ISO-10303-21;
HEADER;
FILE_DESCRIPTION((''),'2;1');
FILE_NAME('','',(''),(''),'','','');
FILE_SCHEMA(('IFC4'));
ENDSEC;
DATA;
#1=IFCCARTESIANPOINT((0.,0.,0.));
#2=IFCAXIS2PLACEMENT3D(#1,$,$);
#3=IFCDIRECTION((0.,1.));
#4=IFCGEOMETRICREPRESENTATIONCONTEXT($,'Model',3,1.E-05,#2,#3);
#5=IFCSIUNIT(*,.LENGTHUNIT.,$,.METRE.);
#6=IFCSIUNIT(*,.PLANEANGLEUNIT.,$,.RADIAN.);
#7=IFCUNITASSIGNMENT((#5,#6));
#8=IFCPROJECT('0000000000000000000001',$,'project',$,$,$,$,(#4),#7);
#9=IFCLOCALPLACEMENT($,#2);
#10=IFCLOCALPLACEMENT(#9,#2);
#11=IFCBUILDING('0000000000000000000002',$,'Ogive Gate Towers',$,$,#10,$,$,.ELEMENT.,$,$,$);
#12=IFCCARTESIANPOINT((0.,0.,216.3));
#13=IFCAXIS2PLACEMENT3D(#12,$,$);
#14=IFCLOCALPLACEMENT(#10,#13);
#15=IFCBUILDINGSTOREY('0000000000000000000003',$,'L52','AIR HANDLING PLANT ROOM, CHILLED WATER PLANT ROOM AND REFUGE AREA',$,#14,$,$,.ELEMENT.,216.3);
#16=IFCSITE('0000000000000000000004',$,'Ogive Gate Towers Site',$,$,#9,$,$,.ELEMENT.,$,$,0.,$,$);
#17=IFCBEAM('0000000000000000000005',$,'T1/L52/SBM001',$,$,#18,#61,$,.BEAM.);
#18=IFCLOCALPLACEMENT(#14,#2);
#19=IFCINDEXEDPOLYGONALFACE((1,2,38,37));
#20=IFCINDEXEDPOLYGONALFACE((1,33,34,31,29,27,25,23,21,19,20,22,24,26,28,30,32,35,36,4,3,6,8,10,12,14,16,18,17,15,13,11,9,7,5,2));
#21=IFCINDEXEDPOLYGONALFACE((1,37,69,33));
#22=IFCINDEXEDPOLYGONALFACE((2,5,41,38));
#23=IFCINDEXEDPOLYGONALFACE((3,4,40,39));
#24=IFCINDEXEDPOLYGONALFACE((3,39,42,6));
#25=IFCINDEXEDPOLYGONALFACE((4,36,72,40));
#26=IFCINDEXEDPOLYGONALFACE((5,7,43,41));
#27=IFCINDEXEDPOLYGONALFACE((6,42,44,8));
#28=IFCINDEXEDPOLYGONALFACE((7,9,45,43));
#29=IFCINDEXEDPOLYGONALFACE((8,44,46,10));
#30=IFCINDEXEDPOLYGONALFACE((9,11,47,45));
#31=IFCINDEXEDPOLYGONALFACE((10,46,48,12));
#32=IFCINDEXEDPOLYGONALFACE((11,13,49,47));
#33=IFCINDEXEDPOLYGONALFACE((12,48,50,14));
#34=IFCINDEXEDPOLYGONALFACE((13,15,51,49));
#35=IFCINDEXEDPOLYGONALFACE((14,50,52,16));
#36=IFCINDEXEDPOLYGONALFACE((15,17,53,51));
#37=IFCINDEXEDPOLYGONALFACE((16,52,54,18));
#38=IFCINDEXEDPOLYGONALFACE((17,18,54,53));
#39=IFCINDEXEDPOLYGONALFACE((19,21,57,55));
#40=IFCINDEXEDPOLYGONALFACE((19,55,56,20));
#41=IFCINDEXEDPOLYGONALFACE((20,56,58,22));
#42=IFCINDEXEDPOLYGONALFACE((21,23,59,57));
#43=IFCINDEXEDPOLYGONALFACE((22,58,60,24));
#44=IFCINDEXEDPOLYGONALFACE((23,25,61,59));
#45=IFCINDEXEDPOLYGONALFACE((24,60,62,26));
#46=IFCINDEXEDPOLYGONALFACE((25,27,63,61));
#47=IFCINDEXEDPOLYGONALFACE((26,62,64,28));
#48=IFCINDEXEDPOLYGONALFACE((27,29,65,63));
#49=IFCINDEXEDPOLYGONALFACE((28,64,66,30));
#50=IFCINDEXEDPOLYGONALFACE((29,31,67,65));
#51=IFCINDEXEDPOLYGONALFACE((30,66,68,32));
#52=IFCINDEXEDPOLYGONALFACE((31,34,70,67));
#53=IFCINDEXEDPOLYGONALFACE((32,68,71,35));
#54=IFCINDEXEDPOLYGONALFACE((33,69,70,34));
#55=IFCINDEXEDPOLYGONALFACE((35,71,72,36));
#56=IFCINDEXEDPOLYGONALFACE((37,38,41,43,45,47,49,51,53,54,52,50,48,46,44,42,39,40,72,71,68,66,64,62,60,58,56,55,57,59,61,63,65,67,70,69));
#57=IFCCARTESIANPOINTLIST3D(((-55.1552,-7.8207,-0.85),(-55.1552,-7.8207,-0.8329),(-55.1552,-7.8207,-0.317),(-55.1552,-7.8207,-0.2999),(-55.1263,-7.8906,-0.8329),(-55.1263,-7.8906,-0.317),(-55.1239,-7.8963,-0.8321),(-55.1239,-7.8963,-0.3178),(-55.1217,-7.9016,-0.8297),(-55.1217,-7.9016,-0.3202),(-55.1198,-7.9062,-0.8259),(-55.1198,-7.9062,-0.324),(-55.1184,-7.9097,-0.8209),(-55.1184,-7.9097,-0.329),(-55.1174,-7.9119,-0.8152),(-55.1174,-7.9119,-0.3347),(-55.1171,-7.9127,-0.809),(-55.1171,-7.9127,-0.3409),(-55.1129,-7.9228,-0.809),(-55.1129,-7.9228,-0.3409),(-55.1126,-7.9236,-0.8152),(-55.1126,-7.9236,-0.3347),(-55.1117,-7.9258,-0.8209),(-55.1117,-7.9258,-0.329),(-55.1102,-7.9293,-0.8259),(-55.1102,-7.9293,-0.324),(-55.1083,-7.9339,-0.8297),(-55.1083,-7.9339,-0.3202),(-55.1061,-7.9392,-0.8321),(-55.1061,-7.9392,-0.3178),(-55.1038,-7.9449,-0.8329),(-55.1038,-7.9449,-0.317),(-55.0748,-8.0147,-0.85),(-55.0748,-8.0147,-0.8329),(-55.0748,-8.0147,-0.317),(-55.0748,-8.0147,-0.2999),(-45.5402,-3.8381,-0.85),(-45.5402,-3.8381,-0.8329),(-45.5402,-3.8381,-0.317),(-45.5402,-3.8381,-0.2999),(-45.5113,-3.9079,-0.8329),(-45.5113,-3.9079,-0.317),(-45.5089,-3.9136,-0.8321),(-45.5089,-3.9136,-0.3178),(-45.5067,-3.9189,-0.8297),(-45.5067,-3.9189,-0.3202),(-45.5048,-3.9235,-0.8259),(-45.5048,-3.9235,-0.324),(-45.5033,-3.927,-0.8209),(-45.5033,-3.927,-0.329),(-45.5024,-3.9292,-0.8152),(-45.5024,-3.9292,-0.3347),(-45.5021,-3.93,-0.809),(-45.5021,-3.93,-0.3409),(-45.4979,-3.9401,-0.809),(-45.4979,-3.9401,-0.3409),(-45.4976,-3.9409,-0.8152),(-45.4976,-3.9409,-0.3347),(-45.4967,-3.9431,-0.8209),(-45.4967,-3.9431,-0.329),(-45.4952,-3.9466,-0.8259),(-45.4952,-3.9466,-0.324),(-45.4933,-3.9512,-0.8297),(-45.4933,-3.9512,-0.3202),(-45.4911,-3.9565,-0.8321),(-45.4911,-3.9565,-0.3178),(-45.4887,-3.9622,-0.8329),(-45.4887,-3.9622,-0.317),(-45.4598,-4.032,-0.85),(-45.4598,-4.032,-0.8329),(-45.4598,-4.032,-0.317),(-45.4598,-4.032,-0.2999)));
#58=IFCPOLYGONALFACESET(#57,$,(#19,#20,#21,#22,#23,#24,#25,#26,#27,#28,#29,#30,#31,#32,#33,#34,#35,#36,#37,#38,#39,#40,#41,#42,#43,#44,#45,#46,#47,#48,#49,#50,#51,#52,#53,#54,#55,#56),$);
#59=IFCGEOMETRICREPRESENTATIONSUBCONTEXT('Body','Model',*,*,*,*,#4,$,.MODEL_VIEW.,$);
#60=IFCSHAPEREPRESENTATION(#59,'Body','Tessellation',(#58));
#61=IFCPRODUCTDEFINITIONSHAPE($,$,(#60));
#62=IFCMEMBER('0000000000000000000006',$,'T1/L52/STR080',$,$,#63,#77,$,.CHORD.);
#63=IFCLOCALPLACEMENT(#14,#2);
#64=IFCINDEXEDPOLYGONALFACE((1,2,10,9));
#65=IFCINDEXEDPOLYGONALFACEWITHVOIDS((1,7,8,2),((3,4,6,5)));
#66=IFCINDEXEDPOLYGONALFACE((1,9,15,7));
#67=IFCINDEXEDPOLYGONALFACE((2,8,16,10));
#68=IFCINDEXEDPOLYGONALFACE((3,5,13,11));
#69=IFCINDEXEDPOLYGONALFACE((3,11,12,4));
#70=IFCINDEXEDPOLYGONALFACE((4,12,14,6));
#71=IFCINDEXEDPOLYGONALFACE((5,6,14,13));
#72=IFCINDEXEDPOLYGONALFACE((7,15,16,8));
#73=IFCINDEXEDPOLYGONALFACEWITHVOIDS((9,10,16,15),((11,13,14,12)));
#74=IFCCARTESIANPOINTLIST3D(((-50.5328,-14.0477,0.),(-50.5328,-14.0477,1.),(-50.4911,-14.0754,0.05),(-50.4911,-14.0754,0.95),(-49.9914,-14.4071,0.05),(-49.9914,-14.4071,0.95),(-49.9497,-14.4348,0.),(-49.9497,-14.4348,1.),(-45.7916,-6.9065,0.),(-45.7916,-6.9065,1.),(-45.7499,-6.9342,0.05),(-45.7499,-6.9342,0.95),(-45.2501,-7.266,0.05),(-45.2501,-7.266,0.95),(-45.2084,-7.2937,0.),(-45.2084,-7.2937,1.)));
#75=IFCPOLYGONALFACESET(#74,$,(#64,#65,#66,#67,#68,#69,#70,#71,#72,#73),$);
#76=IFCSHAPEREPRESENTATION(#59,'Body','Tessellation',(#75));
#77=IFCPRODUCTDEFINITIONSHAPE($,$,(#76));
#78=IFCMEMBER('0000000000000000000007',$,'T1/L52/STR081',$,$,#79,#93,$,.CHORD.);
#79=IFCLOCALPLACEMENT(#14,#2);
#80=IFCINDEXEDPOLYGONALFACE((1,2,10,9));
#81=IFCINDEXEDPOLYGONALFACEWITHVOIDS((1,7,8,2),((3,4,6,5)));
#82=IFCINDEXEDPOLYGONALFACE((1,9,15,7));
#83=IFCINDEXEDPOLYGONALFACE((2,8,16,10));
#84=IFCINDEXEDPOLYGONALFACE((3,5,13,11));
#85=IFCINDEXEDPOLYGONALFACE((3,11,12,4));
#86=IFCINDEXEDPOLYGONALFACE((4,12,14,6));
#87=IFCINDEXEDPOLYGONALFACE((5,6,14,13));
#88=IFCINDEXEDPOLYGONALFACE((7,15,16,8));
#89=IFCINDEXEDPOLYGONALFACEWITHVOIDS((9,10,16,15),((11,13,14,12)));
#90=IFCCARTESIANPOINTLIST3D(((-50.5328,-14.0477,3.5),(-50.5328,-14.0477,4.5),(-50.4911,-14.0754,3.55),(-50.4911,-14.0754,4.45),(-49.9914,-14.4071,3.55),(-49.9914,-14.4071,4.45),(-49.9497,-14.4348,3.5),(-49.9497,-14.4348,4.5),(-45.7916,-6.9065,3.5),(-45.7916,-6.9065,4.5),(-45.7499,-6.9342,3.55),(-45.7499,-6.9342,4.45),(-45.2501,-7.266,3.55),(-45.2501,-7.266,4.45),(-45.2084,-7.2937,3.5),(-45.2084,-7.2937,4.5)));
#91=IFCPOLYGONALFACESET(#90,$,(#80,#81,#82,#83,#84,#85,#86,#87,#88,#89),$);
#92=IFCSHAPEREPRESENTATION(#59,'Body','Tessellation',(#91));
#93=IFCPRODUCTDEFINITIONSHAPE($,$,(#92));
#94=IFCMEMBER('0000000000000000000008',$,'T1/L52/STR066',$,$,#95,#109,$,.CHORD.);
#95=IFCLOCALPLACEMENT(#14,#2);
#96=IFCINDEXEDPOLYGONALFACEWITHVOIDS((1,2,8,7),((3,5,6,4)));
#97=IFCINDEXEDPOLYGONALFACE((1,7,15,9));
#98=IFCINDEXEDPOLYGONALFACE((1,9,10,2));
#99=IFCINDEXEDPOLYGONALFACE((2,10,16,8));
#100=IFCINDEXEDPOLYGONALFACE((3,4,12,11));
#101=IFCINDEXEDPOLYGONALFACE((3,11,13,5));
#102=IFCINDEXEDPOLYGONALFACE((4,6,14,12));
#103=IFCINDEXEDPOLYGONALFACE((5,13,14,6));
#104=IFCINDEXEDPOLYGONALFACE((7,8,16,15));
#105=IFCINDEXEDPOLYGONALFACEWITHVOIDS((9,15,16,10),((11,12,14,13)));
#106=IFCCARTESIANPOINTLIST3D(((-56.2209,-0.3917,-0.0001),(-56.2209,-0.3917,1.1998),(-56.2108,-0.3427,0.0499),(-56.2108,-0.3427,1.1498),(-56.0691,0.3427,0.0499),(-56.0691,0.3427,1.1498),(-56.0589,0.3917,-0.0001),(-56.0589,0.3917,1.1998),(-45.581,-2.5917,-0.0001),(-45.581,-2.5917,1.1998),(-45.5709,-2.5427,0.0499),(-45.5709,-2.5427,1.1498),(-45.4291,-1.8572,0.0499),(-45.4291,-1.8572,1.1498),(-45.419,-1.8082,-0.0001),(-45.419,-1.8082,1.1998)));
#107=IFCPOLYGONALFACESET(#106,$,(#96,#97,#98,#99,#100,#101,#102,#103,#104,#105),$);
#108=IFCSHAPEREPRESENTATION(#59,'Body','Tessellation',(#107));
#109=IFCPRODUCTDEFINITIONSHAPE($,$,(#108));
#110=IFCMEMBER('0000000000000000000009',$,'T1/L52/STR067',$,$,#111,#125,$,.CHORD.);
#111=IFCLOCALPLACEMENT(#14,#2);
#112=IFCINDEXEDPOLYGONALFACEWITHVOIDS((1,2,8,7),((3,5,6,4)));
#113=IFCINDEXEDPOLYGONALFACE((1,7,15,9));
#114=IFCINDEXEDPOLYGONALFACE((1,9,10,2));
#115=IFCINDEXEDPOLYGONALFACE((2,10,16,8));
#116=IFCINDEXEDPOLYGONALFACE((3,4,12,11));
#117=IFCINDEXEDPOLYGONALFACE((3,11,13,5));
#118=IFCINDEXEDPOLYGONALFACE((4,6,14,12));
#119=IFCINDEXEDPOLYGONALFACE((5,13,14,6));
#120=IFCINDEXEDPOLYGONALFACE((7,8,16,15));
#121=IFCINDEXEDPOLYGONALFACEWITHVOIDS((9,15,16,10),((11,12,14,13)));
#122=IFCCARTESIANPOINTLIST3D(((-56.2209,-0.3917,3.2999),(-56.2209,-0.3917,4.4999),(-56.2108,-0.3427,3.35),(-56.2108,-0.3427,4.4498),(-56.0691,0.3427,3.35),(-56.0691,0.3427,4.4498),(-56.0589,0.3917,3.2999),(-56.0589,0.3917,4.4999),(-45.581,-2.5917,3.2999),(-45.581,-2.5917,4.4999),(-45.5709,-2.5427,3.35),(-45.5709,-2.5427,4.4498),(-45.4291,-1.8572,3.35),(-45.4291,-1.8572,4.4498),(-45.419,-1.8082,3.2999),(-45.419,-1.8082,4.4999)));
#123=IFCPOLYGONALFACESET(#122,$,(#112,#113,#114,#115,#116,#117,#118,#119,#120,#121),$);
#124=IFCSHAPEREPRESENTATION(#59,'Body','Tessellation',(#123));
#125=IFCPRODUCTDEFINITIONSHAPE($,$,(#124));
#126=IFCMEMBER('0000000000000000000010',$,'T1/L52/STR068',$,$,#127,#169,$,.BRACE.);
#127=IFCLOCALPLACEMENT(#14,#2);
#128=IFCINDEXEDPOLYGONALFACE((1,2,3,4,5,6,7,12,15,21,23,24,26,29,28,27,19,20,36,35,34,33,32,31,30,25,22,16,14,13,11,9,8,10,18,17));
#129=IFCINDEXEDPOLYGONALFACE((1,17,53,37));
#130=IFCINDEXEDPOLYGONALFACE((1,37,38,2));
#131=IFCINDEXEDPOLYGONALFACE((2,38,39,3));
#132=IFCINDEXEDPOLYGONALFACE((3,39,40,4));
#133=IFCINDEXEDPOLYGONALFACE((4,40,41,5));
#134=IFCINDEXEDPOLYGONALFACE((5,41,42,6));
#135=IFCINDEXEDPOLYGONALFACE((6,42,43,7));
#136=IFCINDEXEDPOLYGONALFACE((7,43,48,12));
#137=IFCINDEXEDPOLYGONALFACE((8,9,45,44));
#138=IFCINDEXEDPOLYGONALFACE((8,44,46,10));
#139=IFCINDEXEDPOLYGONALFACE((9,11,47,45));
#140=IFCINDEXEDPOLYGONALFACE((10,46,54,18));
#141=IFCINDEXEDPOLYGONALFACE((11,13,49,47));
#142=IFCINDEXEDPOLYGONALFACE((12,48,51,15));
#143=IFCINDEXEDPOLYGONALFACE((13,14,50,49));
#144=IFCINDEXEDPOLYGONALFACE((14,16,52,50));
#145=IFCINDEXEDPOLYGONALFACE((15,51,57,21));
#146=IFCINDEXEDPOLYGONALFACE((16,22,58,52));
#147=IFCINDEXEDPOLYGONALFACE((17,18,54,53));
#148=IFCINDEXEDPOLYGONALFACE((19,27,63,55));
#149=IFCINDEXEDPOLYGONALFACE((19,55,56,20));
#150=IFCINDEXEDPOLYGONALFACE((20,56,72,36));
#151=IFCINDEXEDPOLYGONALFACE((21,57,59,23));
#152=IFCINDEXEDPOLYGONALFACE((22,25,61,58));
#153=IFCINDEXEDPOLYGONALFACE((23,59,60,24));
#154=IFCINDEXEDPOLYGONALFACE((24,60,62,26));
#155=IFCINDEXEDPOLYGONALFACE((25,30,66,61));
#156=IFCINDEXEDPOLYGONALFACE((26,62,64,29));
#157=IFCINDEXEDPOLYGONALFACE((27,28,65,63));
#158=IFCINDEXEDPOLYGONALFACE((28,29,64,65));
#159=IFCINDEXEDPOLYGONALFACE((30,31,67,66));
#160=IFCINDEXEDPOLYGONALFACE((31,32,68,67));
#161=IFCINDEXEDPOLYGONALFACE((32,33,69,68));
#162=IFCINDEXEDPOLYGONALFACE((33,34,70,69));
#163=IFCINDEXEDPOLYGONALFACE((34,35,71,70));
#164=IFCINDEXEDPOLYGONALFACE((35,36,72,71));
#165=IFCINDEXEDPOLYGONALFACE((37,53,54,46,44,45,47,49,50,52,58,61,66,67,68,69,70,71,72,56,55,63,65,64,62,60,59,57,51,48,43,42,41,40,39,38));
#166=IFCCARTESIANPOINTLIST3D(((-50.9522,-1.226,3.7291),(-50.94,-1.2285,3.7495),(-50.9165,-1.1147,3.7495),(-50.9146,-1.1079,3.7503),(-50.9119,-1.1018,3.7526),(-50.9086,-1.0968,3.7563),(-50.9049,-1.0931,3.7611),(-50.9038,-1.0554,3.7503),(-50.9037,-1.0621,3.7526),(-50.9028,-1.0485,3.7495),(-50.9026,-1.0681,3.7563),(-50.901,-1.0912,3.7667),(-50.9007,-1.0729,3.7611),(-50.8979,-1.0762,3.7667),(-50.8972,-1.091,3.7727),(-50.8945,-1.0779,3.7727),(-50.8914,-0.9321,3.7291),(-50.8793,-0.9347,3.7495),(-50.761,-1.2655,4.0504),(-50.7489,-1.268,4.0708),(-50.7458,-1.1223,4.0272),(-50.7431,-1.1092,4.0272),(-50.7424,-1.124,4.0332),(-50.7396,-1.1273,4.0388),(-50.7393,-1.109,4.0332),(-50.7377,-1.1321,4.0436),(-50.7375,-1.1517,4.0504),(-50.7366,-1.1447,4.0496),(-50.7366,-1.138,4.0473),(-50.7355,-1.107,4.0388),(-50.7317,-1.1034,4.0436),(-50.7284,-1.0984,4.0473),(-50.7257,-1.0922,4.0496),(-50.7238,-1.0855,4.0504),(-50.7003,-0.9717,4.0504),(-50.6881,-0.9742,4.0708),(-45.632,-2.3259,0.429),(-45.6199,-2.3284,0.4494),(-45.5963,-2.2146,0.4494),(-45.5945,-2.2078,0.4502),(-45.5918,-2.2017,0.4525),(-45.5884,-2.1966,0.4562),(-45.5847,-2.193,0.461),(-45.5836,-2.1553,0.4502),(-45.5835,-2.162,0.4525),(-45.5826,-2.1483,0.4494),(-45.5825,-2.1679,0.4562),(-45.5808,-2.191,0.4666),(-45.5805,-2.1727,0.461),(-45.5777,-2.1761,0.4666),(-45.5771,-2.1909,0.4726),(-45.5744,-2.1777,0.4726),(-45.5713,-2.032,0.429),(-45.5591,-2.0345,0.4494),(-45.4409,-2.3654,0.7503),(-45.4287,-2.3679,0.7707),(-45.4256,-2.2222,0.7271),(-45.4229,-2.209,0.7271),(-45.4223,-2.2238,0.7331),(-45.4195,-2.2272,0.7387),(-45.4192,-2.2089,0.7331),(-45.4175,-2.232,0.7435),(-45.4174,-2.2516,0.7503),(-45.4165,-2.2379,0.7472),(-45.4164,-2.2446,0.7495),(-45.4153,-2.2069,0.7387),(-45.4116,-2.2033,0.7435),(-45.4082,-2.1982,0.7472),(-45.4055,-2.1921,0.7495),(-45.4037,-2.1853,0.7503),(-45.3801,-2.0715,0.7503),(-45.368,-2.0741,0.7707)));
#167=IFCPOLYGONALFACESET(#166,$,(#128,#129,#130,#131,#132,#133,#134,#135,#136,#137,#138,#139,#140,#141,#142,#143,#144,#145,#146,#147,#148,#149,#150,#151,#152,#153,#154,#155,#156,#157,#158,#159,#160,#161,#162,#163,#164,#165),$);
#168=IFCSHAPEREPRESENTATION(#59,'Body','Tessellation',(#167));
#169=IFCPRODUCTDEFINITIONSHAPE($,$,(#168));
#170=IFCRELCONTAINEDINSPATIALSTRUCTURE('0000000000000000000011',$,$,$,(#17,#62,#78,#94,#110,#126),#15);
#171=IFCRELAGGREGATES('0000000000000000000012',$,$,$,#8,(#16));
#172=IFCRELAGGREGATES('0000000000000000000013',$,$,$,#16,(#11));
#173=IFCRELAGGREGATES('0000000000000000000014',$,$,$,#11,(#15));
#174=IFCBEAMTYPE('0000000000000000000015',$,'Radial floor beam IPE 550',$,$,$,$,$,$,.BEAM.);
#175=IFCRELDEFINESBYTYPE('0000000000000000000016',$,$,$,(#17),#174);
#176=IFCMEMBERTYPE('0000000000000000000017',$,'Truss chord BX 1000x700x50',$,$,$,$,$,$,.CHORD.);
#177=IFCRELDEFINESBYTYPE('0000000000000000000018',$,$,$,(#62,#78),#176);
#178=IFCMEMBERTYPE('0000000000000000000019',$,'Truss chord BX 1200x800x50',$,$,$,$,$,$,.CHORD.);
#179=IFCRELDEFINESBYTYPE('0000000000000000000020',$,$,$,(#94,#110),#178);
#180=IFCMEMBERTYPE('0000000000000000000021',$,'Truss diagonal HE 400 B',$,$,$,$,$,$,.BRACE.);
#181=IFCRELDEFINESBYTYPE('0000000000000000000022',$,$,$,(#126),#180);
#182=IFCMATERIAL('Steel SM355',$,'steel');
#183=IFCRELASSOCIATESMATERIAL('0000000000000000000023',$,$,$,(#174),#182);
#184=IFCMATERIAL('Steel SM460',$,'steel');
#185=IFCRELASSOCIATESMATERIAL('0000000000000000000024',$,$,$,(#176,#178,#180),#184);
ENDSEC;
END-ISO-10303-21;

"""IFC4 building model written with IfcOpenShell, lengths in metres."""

from ifc_helpers import new_model, si_unit, direction, frame, origin, origin_2d, place, context, subcontext, project, spatial, hollow_rectangle, i_section, extrude, material, material_profile, profile_set, type_object, element, save


model = new_model("IFC4")

# Units and contexts
model_context = context("Model", 3, precision=1e-05, world=origin(), true_north=direction((0.0, 1.0)))
body_context = subcontext(model_context, "Body", "Model", "MODEL_VIEW")
ifc_project = project(units=[si_unit("LENGTHUNIT", "METRE"), si_unit("PLANEANGLEUNIT", "RADIAN")], contexts=[model_context])

# Site, building, storey
site_placement = place(None, origin())
site = spatial("IfcSite", under=ifc_project, at=site_placement, Name="Ogive Gate Towers Site", CompositionType="ELEMENT", RefElevation=0.0)
building_placement = place(site_placement, origin())
building = spatial("IfcBuilding", under=site, at=building_placement, Name="Ogive Gate Towers", CompositionType="ELEMENT")
storey_placement = place(building_placement, frame((0.0, 0.0, 216.3)))
storey = spatial("IfcBuildingStorey", under=building, at=storey_placement, Name="L52", Description="AIR HANDLING PLANT ROOM, CHILLED WATER PLANT ROOM AND REFUGE AREA", CompositionType="ELEMENT", Elevation=216.3)

# Beam
ifc_material_1 = material(Name="Steel SM355", Category="steel")
ifc_material_profile_1 = material_profile(ifc_material_1, i_section(OverallWidth=0.21, OverallDepth=0.55, WebThickness=0.011, FlangeThickness=0.0171, FilletRadius=0.0239, at=origin_2d()), Name="IPE 550")
ifc_profile_set_1 = profile_set([ifc_material_profile_1], Name="Steel SM355")
beam_type = type_object("IfcBeamType", Name="Radial floor beam IPE 550", PredefinedType="BEAM", material=ifc_profile_set_1)
beam_placement = place(storey_placement, frame((-45.5, -3.9351, -0.575), z_axis=(-0.923879, -0.382684, 0.0), x_axis=(0.382684, -0.923879, 0.0)))
element("IfcBeam", 1, at=beam_placement, inside=storey, type_object=beam_type, Name="T1/L52/SBM001", PredefinedType="BEAM", context=body_context, shape_type="SweptSolid", body=[
    extrude(i_section(OverallWidth=0.21, OverallDepth=0.55, WebThickness=0.011, FlangeThickness=0.0171, FilletRadius=0.0239, at=origin_2d()), origin(), (0.0, 0.0, 1.0), 10.4072),
])

# Members
ifc_material_2 = material(Name="Steel SM460", Category="steel")
ifc_material_profile_2 = material_profile(ifc_material_2, hollow_rectangle(XDim=0.7, YDim=1.0, WallThickness=0.05, at=origin_2d()), Name="BX 1000x700x50")
ifc_profile_set_2 = profile_set([ifc_material_profile_2], Name="Steel SM460")
member_type_1 = type_object("IfcMemberType", Name="Truss chord BX 1000x700x50", PredefinedType="CHORD", material=ifc_profile_set_2)
for number, where, z_axis, x_axis, name in (
    (2, (-45.5, -7.1001, 0.5), (-0.553122, -0.8331, 0.0), (0.8331, -0.553122, 0.0), "T1/L52/STR080"),
    (3, (-45.5, -7.1001, 4.0), (-0.553122, -0.8331, 0.0), (0.8331, -0.553122, 0.0), "T1/L52/STR081"),
):
    element("IfcMember", number, at=place(storey_placement, frame(where, z_axis=z_axis, x_axis=x_axis)), inside=storey, type_object=member_type_1, Name=name, PredefinedType="CHORD", context=body_context, shape_type="SweptSolid", body=[
        extrude(hollow_rectangle(XDim=0.7, YDim=1.0, WallThickness=0.05, at=origin_2d()), origin(), (0.0, 0.0, 1.0), 8.5718),
    ])
ifc_material_profile_3 = material_profile(ifc_material_2, hollow_rectangle(XDim=0.8, YDim=1.2, WallThickness=0.05, at=origin_2d()), Name="BX 1200x800x50")
ifc_profile_set_3 = profile_set([ifc_material_profile_3], Name="Steel SM460")
member_type_2 = type_object("IfcMemberType", Name="Truss chord BX 1200x800x50", PredefinedType="CHORD", material=ifc_profile_set_3)
for number, where, z_axis, x_axis, name in (
    (4, (-45.5, -2.2, 0.5999), (-0.979286, 0.202482, 0.0), (-0.202482, -0.979286, 0.0), "T1/L52/STR066"),
    (5, (-45.5, -2.2, 3.8999), (-0.979286, 0.202482, 0.0), (-0.202482, -0.979286, 0.0), "T1/L52/STR067"),
):
    element("IfcMember", number, at=place(storey_placement, frame(where, z_axis=z_axis, x_axis=x_axis)), inside=storey, type_object=member_type_2, Name=name, PredefinedType="CHORD", context=body_context, shape_type="SweptSolid", body=[
        extrude(hollow_rectangle(XDim=0.8, YDim=1.2, WallThickness=0.05, at=origin_2d()), origin(), (0.0, 0.0, 1.0), 10.865),
    ])
ifc_material_profile_4 = material_profile(ifc_material_2, i_section(OverallWidth=0.3, OverallDepth=0.3999, WebThickness=0.0134, FlangeThickness=0.0239, FilletRadius=0.0271, at=origin_2d()), Name="HE 400 B")
ifc_profile_set_4 = profile_set([ifc_material_profile_4], Name="Steel SM460")
member_type_3 = type_object("IfcMemberType", Name="Truss diagonal HE 400 B", PredefinedType="BRACE", material=ifc_profile_set_4)
member_1_placement = place(storey_placement, frame((-45.5, -2.2, 0.5999), z_axis=(-0.83697, 0.173032, 0.519174), x_axis=(-0.202456, -0.979291, 0.0)))
element("IfcMember", 6, at=member_1_placement, inside=storey, type_object=member_type_3, Name="T1/L52/STR068", PredefinedType="BRACE", context=body_context, shape_type="SweptSolid", body=[
    extrude(i_section(OverallWidth=0.3, OverallDepth=0.3999, WebThickness=0.0134, FlangeThickness=0.0239, FilletRadius=0.0271, at=origin_2d()), origin(), (0.0, 0.0, 1.0), 6.3564),
])

save(model, "model.ifc")
